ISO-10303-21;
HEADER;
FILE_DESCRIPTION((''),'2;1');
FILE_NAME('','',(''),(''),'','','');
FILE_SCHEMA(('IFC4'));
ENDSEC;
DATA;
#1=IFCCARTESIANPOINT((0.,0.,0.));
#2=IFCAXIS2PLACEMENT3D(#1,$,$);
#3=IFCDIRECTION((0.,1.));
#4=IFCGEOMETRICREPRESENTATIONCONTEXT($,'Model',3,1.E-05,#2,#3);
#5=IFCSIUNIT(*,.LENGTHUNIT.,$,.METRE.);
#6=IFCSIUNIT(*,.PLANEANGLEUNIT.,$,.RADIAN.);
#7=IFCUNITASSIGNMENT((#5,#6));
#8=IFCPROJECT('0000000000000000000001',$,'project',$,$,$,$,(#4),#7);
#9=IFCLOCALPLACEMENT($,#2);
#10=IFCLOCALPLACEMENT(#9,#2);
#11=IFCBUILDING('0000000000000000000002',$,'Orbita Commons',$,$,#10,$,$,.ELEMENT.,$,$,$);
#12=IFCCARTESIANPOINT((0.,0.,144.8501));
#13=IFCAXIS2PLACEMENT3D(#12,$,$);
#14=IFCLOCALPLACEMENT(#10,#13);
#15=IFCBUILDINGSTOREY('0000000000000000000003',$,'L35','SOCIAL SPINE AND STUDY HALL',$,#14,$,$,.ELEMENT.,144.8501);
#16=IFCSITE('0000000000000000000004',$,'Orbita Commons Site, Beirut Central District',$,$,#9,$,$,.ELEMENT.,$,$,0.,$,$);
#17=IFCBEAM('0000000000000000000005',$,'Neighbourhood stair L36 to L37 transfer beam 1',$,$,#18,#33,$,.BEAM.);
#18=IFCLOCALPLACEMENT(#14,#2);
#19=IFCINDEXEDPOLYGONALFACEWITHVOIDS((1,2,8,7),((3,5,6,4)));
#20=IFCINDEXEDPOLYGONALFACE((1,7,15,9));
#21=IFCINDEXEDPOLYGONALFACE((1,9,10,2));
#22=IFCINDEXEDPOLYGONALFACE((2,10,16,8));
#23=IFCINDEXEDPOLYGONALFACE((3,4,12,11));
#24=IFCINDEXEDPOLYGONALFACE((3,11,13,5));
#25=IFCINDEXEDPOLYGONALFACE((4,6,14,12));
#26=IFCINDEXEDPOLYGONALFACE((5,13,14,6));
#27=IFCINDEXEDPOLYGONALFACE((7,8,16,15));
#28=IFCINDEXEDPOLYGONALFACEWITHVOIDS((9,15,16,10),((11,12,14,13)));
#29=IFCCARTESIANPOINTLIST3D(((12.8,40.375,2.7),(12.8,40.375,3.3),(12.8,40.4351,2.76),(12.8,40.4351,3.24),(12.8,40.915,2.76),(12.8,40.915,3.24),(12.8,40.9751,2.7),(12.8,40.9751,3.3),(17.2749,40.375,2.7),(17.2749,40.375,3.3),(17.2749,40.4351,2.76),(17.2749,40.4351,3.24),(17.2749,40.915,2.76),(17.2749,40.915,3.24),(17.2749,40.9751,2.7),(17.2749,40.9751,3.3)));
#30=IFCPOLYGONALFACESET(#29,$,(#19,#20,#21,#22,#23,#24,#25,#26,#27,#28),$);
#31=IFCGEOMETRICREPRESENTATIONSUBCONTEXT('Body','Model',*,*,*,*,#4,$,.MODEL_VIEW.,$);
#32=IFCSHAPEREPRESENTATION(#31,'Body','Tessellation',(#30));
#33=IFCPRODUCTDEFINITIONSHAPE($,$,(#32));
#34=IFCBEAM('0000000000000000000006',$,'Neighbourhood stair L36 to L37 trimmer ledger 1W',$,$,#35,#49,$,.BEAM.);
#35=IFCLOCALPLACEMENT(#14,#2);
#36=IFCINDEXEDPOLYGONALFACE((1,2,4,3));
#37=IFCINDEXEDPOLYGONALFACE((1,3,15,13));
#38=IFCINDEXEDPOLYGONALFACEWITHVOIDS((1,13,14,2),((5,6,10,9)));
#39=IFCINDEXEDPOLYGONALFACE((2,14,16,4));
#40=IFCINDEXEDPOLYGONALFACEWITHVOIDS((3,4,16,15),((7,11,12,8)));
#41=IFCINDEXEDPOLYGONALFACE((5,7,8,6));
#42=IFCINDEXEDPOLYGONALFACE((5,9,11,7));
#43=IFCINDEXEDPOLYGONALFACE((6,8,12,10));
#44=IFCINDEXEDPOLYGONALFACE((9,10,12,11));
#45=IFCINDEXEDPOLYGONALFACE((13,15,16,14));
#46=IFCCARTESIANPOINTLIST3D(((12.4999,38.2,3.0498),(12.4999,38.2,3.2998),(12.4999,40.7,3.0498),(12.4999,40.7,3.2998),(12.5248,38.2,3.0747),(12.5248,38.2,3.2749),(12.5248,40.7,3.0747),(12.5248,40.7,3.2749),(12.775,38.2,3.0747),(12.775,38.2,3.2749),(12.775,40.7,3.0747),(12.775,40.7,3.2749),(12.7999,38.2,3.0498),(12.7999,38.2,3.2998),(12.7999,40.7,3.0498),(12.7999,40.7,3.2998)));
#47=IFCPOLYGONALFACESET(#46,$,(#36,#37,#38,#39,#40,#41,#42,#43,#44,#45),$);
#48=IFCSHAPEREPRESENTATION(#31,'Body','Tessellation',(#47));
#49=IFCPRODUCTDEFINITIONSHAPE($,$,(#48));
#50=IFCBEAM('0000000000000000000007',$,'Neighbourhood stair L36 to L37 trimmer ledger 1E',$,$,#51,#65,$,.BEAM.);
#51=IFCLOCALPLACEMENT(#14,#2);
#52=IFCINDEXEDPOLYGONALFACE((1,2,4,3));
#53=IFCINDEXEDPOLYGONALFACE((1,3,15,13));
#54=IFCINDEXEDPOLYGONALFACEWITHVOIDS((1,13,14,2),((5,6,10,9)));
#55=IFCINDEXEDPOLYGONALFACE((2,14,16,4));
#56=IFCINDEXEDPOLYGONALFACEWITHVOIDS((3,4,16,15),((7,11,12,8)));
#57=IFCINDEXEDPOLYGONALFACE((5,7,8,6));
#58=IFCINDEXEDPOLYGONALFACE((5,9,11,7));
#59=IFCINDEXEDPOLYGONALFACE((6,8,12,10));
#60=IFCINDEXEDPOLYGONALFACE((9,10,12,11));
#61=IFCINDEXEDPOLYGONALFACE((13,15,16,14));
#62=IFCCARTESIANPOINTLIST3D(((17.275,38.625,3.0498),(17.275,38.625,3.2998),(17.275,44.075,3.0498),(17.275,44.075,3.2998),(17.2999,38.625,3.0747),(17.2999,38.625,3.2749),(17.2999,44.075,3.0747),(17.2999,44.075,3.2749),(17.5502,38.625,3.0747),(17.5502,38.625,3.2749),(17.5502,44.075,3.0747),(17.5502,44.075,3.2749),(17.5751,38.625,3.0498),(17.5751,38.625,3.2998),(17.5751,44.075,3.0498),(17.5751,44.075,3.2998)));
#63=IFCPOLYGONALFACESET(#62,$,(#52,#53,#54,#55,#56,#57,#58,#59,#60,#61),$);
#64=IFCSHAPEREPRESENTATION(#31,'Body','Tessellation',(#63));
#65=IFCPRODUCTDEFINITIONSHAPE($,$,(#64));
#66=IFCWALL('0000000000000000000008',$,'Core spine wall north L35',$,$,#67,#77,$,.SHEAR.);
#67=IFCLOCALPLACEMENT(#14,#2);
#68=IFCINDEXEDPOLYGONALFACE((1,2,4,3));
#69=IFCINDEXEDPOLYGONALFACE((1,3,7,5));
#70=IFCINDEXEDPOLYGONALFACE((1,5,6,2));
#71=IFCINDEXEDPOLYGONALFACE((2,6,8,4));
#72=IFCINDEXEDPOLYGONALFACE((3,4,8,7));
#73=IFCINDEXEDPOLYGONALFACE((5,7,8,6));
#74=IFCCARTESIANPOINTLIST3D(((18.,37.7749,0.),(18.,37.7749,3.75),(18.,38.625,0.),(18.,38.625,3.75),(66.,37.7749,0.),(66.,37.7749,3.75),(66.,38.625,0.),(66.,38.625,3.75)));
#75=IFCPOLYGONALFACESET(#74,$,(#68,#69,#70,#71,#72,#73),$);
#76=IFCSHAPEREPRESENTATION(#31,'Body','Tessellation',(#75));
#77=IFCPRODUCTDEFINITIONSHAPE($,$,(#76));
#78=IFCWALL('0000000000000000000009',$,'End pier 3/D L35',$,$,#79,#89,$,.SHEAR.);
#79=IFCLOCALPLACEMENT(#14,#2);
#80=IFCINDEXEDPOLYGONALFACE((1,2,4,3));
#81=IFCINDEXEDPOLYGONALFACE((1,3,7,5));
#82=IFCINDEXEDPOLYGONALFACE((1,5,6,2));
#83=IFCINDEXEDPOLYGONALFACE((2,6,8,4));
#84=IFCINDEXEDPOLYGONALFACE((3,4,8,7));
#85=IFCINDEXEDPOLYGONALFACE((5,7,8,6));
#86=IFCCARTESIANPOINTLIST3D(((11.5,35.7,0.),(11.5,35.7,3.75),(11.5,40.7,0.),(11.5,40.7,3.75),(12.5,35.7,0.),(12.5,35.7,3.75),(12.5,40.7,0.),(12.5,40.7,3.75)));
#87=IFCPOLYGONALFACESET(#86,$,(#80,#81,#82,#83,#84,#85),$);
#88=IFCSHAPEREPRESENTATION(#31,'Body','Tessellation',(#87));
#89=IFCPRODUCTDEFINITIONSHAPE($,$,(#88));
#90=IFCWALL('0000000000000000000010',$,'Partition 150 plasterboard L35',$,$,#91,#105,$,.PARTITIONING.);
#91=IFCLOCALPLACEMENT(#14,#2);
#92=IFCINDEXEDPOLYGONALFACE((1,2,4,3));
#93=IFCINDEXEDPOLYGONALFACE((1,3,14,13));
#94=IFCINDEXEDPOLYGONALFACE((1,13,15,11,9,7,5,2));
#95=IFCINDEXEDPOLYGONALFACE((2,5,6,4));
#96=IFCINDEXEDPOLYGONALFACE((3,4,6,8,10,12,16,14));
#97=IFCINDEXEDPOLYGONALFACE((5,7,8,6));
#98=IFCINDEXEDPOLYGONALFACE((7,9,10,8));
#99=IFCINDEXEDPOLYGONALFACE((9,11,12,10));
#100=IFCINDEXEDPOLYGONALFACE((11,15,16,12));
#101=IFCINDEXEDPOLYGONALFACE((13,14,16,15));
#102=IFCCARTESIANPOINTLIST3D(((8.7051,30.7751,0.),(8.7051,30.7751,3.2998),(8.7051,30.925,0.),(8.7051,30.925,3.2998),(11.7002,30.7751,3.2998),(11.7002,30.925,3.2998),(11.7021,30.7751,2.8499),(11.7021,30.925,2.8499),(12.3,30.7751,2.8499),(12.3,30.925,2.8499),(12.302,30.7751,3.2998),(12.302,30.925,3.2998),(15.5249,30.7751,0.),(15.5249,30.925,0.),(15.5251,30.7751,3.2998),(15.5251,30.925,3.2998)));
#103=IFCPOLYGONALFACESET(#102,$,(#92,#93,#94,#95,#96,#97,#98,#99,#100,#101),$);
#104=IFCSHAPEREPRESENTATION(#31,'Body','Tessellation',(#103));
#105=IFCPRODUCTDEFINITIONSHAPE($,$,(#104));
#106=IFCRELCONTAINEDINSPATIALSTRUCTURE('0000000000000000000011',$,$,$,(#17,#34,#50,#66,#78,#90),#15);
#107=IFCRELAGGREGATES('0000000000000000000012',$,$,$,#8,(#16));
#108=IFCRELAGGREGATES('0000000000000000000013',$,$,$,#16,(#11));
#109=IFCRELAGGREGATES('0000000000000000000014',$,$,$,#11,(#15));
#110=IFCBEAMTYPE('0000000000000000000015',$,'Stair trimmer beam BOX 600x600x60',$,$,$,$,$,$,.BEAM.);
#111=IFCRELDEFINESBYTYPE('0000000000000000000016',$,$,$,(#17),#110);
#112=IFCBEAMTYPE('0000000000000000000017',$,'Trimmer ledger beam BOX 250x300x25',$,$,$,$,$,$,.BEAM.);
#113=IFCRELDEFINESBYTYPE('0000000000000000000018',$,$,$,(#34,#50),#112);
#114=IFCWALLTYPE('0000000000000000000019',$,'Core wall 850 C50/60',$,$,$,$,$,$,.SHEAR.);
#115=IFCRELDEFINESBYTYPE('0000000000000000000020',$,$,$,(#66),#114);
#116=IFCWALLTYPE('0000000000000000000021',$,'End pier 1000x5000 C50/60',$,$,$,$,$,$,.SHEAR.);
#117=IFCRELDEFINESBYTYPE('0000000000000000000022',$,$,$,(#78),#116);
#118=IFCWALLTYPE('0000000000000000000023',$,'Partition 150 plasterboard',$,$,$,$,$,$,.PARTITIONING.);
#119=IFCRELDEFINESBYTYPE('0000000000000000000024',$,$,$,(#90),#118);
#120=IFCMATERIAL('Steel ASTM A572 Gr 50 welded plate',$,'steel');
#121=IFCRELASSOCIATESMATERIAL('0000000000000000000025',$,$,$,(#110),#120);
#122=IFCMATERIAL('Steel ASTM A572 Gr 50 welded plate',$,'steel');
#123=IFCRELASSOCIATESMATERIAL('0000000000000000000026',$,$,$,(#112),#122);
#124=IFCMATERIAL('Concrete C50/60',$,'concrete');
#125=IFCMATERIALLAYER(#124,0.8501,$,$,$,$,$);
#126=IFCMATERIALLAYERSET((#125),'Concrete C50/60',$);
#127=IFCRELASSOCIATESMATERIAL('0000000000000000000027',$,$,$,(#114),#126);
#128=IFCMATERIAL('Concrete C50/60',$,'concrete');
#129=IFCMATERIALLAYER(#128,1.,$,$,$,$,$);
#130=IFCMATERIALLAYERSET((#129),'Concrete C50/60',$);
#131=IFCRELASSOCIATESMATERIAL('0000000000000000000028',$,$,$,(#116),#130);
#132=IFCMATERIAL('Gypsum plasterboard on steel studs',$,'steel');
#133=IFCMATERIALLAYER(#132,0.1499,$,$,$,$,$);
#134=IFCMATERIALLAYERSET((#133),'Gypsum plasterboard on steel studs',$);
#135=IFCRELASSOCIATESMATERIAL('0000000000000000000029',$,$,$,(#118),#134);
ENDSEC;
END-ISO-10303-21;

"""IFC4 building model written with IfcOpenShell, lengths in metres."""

from ifc_helpers import new_model, si_unit, direction, frame, frame_2d, origin, origin_2d, place, context, subcontext, project, spatial, polyline, rectangle, hollow_rectangle, outline, extrude, material, layer, layer_set, material_profile, profile_set, type_object, element, save


model = new_model("IFC4")

# Units and contexts
model_context = context("Model", 3, precision=1e-05, world=origin(), true_north=direction((0.0, 1.0)))
body_context = subcontext(model_context, "Body", "Model", "MODEL_VIEW")
ifc_project = project(units=[si_unit("LENGTHUNIT", "METRE"), si_unit("PLANEANGLEUNIT", "RADIAN")], contexts=[model_context])

# Site, building, storey
site_placement = place(None, origin())
site = spatial("IfcSite", under=ifc_project, at=site_placement, Name="Orbita Commons Site, Beirut Central District", CompositionType="ELEMENT", RefElevation=0.0)
building_placement = place(site_placement, origin())
building = spatial("IfcBuilding", under=site, at=building_placement, Name="Orbita Commons", CompositionType="ELEMENT")
storey_placement = place(building_placement, frame((0.0, 0.0, 144.8501)))
storey = spatial("IfcBuildingStorey", under=building, at=storey_placement, Name="L35", Description="SOCIAL SPINE AND STUDY HALL", CompositionType="ELEMENT", Elevation=144.8501)

# Beams
ifc_material_1 = material(Name="Steel ASTM A572 Gr 50 welded plate", Category="steel")
ifc_material_profile_1 = material_profile(ifc_material_1, hollow_rectangle(XDim=0.6001, YDim=0.6001, WallThickness=0.0601, at=origin_2d()), Name="BOX 600x600x60")
ifc_profile_set_1 = profile_set([ifc_material_profile_1], Name="Steel ASTM A572 Gr 50 welded plate")
beam_type_1 = type_object("IfcBeamType", Name="Stair trimmer beam BOX 600x600x60", PredefinedType="BEAM", material=ifc_profile_set_1)
beam_1_placement = place(storey_placement, frame((12.8, 40.675, 3.0), z_axis=(1.0, 0.0, 0.0), x_axis=(0.0, 1.0, 0.0)))
element("IfcBeam", 1, at=beam_1_placement, inside=storey, type_object=beam_type_1, Name="Neighbourhood stair L36 to L37 transfer beam 1", PredefinedType="BEAM", context=body_context, shape_type="SweptSolid", body=[
    extrude(hollow_rectangle(XDim=0.6001, YDim=0.6001, WallThickness=0.0601, at=origin_2d()), origin(), (0.0, 0.0, 1.0), 4.4749),
])
ifc_material_2 = material(Name="Steel ASTM A572 Gr 50 welded plate", Category="steel")
ifc_material_profile_2 = material_profile(ifc_material_2, hollow_rectangle(XDim=0.3, YDim=0.25, WallThickness=0.0249, at=origin_2d()), Name="BOX 250x300x25")
ifc_profile_set_2 = profile_set([ifc_material_profile_2], Name="Steel ASTM A572 Gr 50 welded plate")
beam_type_2 = type_object("IfcBeamType", Name="Trimmer ledger beam BOX 250x300x25", PredefinedType="BEAM", material=ifc_profile_set_2)
beam_2_placement = place(storey_placement, frame((12.6499, 38.2, 3.1748), z_axis=(0.0, 1.0, 0.0), x_axis=(-1.0, 0.0, 0.0)))
element("IfcBeam", 2, at=beam_2_placement, inside=storey, type_object=beam_type_2, Name="Neighbourhood stair L36 to L37 trimmer ledger 1W", PredefinedType="BEAM", context=body_context, shape_type="SweptSolid", body=[
    extrude(hollow_rectangle(XDim=0.3, YDim=0.25, WallThickness=0.0249, at=origin_2d()), origin(), (0.0, 0.0, 1.0), 2.5),
])
beam_3_placement = place(storey_placement, frame((17.425, 38.625, 3.1748), z_axis=(0.0, 1.0, 0.0), x_axis=(-1.0, 0.0, 0.0)))
element("IfcBeam", 3, at=beam_3_placement, inside=storey, type_object=beam_type_2, Name="Neighbourhood stair L36 to L37 trimmer ledger 1E", PredefinedType="BEAM", context=body_context, shape_type="SweptSolid", body=[
    extrude(hollow_rectangle(XDim=0.3, YDim=0.25, WallThickness=0.0249, at=origin_2d()), origin(), (0.0, 0.0, 1.0), 5.45),
])

# Walls
ifc_material_3 = material(Name="Concrete C50/60", Category="concrete")
ifc_layer_1 = layer(ifc_material_3, 0.8501)
ifc_layer_set_1 = layer_set([ifc_layer_1], Name="Concrete C50/60")
wall_type_1 = type_object("IfcWallType", Name="Core wall 850 C50/60", PredefinedType="SHEAR", material=ifc_layer_set_1)
wall_1_placement = place(storey_placement, frame((18.0, 38.2, 0.0), z_axis=(0.0, 0.0, 1.0), x_axis=(1.0, 0.0, 0.0)))
element("IfcWall", 4, at=wall_1_placement, inside=storey, type_object=wall_type_1, Name="Core spine wall north L35", PredefinedType="SHEAR", context=body_context, shape_type="SweptSolid", body=[
    extrude(rectangle(XDim=48.0, YDim=0.8501, at=frame_2d((24.0, 0.0))), origin(), (0.0, 0.0, 1.0), 3.75),
])
ifc_material_4 = material(Name="Concrete C50/60", Category="concrete")
ifc_layer_2 = layer(ifc_material_4, 1.0)
ifc_layer_set_2 = layer_set([ifc_layer_2], Name="Concrete C50/60")
wall_type_2 = type_object("IfcWallType", Name="End pier 1000x5000 C50/60", PredefinedType="SHEAR", material=ifc_layer_set_2)
wall_2_placement = place(storey_placement, frame((12.0, 35.7, 0.0), z_axis=(0.0, 0.0, 1.0), x_axis=(0.0, 1.0, 0.0)))
element("IfcWall", 5, at=wall_2_placement, inside=storey, type_object=wall_type_2, Name="End pier 3/D L35", PredefinedType="SHEAR", context=body_context, shape_type="SweptSolid", body=[
    extrude(rectangle(XDim=5.0, YDim=1.0, at=frame_2d((2.5, 0.0))), origin(), (0.0, 0.0, 1.0), 3.75),
])
ifc_material_5 = material(Name="Gypsum plasterboard on steel studs", Category="steel")
ifc_layer_3 = layer(ifc_material_5, 0.1499)
ifc_layer_set_3 = layer_set([ifc_layer_3], Name="Gypsum plasterboard on steel studs")
wall_type_3 = type_object("IfcWallType", Name="Partition 150 plasterboard", PredefinedType="PARTITIONING", material=ifc_layer_set_3)
wall_3_placement = place(storey_placement, frame((8.7051, 30.8501, 0.0), z_axis=(0.0, 0.0, 1.0), x_axis=(1.0, 0.0, 0.0)))
element("IfcWall", 6, at=wall_3_placement, inside=storey, type_object=wall_type_3, Name="Partition 150 plasterboard L35", PredefinedType="PARTITIONING", context=body_context, shape_type="SweptSolid", body=[
    extrude(outline(polyline([(0.0, 0.0), (6.8198, 0.0), (6.8201, 3.2998), (3.5969, 3.2998), (3.595, 2.8499), (2.9971, 2.8499), (2.9951, 3.2998), (0.0, 3.2998), (0.0, 0.0)])), frame((0.0, 0.075, 0.0), z_axis=(0.0, -1.0, 0.0), x_axis=(1.0, 0.0, 0.0)), (0.0, 0.0, 1.0), 0.1499),
])

save(model, "model.ifc")
